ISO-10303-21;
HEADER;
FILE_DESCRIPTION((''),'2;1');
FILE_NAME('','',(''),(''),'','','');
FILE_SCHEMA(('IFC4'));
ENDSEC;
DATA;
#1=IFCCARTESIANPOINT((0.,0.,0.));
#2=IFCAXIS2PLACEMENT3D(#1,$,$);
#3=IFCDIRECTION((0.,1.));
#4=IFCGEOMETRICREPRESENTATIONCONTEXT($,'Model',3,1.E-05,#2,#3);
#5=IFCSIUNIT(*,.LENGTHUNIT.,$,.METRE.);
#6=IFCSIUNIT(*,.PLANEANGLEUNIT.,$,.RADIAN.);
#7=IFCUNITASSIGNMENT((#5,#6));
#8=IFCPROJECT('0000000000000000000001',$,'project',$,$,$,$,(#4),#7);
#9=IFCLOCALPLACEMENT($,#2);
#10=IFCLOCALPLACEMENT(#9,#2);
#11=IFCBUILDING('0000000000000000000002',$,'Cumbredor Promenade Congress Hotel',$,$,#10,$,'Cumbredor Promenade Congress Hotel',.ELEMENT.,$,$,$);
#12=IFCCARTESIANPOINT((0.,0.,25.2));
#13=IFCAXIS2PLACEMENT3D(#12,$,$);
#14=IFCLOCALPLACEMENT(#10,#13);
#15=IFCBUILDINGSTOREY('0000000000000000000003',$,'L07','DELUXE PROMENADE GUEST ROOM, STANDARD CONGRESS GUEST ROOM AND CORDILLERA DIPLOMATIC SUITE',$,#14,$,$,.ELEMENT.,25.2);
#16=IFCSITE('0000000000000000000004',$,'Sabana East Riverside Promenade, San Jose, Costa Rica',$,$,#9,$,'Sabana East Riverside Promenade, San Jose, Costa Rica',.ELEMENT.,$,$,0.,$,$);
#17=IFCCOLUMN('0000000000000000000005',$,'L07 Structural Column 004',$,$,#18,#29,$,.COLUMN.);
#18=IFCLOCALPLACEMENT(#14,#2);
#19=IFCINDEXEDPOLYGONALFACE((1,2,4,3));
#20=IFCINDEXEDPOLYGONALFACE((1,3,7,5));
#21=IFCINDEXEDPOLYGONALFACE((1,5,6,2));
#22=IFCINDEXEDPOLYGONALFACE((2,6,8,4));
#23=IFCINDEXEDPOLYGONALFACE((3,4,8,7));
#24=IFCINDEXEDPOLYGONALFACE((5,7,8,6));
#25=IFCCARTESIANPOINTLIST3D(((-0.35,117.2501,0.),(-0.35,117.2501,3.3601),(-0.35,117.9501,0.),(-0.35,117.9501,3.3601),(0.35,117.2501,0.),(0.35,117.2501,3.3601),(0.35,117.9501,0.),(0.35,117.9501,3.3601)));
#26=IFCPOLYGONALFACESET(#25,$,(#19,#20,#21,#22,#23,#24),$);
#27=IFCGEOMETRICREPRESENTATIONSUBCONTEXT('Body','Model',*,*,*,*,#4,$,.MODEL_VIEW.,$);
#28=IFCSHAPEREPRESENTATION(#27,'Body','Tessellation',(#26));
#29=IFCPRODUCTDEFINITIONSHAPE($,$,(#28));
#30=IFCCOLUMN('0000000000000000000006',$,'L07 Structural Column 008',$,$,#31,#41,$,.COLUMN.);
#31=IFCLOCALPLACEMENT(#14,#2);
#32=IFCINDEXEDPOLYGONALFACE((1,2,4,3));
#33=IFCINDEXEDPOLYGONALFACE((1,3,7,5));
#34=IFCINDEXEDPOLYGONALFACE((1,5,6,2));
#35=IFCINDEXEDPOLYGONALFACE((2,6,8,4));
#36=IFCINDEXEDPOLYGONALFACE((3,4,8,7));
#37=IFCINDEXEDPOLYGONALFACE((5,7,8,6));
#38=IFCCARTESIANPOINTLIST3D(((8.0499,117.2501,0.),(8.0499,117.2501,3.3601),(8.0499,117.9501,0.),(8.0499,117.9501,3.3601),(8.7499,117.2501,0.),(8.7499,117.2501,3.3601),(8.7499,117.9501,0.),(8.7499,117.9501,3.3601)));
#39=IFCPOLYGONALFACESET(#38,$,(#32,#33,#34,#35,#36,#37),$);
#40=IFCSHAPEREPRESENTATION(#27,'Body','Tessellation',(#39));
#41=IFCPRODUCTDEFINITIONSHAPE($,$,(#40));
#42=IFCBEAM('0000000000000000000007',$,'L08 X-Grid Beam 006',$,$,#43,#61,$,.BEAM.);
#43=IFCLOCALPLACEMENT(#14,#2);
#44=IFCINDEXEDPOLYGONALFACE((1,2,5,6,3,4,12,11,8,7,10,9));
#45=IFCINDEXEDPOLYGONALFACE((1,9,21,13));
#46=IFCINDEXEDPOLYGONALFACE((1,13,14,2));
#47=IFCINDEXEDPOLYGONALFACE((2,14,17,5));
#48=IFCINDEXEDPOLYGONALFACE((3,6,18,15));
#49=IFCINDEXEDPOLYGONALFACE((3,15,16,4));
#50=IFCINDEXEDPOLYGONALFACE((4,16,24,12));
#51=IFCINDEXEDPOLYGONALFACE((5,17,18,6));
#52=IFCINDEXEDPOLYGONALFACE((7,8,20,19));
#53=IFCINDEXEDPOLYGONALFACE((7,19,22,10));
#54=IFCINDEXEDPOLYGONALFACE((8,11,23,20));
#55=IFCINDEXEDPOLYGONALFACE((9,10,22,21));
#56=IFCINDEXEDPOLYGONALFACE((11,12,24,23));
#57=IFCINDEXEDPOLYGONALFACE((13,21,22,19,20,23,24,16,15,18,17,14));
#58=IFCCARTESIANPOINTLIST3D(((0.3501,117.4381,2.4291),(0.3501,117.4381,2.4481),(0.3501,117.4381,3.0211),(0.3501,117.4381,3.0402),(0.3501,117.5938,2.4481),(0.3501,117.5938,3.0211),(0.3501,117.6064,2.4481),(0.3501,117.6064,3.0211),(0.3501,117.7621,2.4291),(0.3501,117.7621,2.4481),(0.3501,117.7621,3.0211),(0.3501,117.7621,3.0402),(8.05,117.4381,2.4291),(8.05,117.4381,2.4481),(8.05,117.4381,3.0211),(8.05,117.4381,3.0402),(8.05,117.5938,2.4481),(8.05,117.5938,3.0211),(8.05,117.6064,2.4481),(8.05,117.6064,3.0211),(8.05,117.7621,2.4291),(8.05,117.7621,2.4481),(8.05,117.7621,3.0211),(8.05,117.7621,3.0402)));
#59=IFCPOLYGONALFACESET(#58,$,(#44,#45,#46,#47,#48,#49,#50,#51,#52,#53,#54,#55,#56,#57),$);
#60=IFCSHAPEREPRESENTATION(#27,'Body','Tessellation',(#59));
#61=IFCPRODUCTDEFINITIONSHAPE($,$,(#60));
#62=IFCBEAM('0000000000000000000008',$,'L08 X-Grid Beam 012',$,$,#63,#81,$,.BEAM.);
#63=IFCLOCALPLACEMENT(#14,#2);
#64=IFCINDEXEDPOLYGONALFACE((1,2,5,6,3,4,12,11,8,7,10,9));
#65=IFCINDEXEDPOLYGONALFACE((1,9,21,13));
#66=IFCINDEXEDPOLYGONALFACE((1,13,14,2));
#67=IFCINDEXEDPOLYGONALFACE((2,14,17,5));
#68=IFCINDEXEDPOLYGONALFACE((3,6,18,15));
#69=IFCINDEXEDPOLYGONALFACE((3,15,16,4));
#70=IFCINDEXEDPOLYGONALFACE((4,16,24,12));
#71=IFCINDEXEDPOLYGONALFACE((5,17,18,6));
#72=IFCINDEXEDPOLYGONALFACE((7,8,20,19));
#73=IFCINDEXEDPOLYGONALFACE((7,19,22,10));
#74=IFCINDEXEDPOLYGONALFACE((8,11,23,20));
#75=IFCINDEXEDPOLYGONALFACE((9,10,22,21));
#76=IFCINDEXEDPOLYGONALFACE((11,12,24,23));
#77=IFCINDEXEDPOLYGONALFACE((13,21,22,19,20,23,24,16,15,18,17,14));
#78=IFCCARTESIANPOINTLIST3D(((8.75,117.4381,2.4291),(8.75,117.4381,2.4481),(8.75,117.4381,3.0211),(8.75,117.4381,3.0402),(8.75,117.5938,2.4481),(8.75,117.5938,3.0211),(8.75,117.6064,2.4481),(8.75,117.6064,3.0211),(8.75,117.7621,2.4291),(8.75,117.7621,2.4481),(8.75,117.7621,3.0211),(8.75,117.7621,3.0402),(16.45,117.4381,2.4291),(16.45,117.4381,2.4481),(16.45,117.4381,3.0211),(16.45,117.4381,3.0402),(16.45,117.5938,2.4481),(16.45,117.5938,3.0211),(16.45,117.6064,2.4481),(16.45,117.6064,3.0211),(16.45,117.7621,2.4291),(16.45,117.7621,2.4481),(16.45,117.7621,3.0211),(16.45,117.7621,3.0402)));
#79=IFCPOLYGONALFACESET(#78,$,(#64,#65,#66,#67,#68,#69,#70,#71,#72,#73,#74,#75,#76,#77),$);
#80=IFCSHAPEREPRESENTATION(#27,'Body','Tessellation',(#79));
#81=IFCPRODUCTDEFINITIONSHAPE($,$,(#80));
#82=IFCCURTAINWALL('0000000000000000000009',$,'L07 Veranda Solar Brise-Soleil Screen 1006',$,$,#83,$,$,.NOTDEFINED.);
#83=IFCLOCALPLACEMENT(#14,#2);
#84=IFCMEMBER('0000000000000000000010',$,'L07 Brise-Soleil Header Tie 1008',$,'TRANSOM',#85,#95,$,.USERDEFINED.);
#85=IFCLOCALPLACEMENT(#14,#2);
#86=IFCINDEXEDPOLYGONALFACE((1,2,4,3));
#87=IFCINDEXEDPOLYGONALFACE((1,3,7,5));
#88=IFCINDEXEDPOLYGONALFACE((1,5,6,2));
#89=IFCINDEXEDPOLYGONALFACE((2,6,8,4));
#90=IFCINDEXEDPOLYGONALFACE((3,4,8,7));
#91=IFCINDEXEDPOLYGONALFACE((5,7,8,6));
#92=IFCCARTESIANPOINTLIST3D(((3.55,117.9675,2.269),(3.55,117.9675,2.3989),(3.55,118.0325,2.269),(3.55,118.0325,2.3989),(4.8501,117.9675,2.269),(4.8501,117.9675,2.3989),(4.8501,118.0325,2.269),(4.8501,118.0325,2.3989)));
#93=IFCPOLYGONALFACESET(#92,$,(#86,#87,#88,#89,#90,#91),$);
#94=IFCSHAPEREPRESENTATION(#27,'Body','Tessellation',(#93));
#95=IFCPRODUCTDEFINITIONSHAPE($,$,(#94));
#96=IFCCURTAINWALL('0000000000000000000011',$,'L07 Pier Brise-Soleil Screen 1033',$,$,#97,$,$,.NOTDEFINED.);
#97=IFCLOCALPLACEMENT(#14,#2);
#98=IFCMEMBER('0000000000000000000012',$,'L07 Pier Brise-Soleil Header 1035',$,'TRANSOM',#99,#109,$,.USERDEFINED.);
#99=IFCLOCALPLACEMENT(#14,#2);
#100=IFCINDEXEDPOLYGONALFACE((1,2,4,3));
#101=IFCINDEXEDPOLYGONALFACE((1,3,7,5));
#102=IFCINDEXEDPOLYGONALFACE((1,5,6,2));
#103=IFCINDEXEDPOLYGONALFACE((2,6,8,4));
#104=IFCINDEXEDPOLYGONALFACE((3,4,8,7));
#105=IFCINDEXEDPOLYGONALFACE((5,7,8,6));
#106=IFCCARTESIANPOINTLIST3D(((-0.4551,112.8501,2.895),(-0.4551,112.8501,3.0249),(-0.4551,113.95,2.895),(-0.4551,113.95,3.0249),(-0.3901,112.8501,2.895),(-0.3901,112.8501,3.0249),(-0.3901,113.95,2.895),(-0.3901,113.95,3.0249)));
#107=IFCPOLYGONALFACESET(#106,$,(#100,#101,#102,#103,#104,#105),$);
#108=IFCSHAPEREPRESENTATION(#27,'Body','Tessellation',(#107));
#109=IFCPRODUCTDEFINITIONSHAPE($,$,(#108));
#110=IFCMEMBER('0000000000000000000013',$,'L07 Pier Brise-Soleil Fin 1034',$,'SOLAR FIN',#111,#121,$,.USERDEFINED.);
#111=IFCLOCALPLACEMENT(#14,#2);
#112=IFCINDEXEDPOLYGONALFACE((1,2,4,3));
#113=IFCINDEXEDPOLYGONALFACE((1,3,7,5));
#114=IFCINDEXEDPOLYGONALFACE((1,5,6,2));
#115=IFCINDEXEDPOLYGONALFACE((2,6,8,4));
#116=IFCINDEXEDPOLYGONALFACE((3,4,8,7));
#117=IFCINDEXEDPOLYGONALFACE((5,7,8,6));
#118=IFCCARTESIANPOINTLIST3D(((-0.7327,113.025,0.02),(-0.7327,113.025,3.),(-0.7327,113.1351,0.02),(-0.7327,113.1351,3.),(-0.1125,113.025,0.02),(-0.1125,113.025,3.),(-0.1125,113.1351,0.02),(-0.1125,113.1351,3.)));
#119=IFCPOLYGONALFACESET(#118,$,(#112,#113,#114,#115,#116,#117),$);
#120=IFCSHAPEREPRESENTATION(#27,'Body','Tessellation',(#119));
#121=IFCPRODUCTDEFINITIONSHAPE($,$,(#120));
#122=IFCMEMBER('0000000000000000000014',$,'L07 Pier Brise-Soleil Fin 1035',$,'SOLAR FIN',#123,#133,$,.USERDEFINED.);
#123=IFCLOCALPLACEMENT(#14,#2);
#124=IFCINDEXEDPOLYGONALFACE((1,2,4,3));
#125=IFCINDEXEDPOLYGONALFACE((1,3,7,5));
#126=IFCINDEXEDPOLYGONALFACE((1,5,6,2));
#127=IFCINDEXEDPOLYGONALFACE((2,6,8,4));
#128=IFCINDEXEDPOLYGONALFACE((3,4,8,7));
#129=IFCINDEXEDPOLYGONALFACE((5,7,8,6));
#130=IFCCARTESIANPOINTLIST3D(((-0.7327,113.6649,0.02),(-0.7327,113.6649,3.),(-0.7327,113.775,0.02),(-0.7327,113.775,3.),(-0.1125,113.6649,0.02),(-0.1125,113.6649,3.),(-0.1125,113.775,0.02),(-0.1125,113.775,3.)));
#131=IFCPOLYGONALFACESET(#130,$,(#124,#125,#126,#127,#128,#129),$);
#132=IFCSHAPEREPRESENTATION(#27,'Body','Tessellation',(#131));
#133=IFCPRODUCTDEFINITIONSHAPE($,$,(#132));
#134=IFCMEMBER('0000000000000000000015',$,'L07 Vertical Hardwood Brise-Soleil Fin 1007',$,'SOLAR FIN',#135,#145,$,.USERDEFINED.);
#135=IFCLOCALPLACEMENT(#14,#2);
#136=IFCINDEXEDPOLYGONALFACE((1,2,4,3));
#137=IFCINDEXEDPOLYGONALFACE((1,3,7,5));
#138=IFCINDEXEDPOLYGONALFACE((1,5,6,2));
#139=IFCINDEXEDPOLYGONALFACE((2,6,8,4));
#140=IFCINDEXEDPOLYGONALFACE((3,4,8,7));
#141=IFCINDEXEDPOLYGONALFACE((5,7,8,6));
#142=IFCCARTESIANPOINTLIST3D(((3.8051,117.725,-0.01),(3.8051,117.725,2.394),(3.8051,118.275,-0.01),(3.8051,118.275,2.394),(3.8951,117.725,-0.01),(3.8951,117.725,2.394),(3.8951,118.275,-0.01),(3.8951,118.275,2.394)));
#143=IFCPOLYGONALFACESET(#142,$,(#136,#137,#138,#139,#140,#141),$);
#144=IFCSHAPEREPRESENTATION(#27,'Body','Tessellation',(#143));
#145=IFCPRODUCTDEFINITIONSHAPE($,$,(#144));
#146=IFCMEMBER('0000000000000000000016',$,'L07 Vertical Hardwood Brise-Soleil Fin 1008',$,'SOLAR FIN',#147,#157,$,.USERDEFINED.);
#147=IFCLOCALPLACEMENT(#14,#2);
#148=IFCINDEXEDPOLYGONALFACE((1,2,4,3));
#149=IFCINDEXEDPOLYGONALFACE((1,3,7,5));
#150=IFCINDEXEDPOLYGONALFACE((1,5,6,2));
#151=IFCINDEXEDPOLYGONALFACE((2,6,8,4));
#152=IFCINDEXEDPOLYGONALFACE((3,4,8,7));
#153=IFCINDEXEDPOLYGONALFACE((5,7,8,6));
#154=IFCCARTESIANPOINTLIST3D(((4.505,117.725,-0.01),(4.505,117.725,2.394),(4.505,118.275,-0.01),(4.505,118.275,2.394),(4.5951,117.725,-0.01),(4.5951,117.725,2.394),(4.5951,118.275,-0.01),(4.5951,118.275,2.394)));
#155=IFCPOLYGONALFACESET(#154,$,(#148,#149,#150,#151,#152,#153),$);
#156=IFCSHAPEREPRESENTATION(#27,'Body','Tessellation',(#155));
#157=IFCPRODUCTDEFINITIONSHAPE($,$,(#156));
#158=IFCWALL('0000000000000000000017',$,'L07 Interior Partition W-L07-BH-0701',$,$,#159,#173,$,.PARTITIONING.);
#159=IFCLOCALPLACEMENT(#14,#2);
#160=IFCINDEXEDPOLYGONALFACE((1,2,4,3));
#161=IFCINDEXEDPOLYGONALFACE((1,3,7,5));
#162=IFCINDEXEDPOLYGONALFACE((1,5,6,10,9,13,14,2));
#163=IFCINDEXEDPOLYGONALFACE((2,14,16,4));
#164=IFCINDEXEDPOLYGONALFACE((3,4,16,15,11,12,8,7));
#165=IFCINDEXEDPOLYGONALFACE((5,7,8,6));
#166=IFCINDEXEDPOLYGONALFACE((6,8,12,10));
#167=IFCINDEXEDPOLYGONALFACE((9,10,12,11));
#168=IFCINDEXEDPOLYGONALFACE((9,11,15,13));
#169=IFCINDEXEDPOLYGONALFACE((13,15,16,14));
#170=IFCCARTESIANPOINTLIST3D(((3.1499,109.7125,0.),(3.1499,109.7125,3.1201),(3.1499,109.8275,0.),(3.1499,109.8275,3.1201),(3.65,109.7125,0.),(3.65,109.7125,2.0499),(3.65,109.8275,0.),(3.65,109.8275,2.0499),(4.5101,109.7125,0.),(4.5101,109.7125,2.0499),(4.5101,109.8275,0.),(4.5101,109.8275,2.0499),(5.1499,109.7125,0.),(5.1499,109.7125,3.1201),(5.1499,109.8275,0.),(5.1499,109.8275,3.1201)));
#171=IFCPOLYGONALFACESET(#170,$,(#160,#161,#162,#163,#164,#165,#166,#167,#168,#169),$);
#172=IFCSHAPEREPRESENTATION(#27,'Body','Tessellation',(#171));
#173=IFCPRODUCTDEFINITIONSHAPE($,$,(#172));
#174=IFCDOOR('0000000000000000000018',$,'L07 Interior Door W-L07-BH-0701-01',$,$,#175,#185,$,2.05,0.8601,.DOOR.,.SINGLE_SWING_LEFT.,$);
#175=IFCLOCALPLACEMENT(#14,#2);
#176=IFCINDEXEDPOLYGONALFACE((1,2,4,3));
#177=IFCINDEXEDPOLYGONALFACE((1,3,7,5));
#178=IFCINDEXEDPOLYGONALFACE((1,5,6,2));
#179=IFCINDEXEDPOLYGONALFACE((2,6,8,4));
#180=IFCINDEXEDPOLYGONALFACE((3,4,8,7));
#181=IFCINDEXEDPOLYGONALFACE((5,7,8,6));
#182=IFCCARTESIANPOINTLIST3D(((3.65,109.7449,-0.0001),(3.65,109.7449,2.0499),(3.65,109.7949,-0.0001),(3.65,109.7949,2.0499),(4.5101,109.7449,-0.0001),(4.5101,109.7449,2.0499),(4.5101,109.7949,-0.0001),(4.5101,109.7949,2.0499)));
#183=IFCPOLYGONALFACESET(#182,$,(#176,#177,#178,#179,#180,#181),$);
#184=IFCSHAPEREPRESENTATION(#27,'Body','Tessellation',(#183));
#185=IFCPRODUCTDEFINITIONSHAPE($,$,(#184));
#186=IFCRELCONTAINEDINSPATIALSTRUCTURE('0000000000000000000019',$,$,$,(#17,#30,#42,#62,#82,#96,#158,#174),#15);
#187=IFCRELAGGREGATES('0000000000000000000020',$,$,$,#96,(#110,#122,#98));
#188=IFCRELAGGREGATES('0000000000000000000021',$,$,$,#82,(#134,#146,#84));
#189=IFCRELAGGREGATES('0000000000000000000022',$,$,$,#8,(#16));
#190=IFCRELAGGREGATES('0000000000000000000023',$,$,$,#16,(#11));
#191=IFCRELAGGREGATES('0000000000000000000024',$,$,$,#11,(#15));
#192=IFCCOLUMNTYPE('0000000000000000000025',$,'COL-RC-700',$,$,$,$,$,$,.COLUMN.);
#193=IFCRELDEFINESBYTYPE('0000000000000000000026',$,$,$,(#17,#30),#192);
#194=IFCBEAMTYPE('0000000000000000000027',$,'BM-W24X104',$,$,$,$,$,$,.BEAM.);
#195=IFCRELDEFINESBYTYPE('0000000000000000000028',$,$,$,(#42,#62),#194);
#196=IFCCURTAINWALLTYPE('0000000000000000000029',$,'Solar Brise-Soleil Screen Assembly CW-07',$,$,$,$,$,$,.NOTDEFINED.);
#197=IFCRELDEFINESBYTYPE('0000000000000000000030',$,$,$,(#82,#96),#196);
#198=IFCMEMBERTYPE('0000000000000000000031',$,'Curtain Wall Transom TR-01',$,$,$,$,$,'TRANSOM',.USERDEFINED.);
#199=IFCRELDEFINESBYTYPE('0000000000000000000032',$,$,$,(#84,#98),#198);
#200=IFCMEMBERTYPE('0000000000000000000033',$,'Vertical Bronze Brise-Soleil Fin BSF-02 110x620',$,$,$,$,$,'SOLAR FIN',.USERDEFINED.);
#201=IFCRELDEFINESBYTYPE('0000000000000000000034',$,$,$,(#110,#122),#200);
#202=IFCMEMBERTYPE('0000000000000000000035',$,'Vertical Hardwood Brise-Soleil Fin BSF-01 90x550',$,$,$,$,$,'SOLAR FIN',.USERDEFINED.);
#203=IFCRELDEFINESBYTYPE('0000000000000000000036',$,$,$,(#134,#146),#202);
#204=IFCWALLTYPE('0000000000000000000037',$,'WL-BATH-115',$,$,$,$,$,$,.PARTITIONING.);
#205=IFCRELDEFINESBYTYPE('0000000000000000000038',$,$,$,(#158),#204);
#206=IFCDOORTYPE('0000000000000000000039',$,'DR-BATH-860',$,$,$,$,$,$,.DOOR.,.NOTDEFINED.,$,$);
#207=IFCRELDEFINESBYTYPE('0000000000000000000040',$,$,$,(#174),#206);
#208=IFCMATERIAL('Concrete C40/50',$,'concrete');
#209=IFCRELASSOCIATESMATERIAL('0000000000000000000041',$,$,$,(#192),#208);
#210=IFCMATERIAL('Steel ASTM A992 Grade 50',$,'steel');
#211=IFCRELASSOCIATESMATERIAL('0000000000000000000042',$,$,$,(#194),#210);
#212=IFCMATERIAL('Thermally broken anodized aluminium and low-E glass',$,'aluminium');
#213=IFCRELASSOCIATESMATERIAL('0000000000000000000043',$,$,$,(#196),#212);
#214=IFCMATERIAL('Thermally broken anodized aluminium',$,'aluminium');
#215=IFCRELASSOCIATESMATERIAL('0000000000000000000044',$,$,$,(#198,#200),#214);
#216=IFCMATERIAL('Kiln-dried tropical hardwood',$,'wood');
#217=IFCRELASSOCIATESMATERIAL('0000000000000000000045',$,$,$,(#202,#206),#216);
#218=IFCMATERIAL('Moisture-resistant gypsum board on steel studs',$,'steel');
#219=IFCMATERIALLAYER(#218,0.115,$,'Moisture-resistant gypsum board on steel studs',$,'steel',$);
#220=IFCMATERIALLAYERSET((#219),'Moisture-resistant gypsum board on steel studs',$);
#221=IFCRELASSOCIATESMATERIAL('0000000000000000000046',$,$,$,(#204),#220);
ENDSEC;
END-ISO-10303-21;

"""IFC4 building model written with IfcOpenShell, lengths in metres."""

from ifc_helpers import new_model, si_unit, direction, frame, frame_2d, origin, origin_2d, place, context, subcontext, project, spatial, rectangle, i_section, extrude, material, layer, layer_set, material_profile, profile_set, type_object, element, fill, aggregate, save


model = new_model("IFC4")

# Units and contexts
model_context = context("Model", 3, precision=1e-05, world=origin(), true_north=direction((0.0, 1.0)))
body_context = subcontext(model_context, "Body", "Model", "MODEL_VIEW")
ifc_project = project(units=[si_unit("LENGTHUNIT", "METRE"), si_unit("PLANEANGLEUNIT", "RADIAN")], contexts=[model_context])

# Site, building, storey
site_placement = place(None, origin())
site = spatial("IfcSite", under=ifc_project, at=site_placement, Name="Sabana East Riverside Promenade, San Jose, Costa Rica", LongName="Sabana East Riverside Promenade, San Jose, Costa Rica", CompositionType="ELEMENT", RefElevation=0.0)
building_placement = place(site_placement, origin())
building = spatial("IfcBuilding", under=site, at=building_placement, Name="Cumbredor Promenade Congress Hotel", LongName="Cumbredor Promenade Congress Hotel", CompositionType="ELEMENT")
storey_placement = place(building_placement, frame((0.0, 0.0, 25.2)))
storey = spatial("IfcBuildingStorey", under=building, at=storey_placement, Name="L07", Description="DELUXE PROMENADE GUEST ROOM, STANDARD CONGRESS GUEST ROOM AND CORDILLERA DIPLOMATIC SUITE", CompositionType="ELEMENT", Elevation=25.2)

# Columns
ifc_material_1 = material(Name="Concrete C40/50", Category="concrete")
ifc_material_profile_1 = material_profile(ifc_material_1, rectangle(XDim=0.7, YDim=0.7, at=origin_2d()), Name="RC 700x700")
ifc_profile_set_1 = profile_set([ifc_material_profile_1], Name="Concrete C40/50")
column_type = type_object("IfcColumnType", Name="COL-RC-700", PredefinedType="COLUMN", material=ifc_profile_set_1)
for number, where, z_axis, x_axis, name in (
    (1, (0.0, 117.6001, 0.0), (0.0, 0.0, 1.0), (1.0, 0.0, 0.0), "L07 Structural Column 004"),
    (2, (8.3999, 117.6001, 0.0), (0.0, 0.0, 1.0), (1.0, 0.0, 0.0), "L07 Structural Column 008"),
):
    element("IfcColumn", number, at=place(storey_placement, frame(where, z_axis=z_axis, x_axis=x_axis)), inside=storey, type_object=column_type, Name=name, PredefinedType="COLUMN", context=body_context, shape_type="SweptSolid", body=[
        extrude(rectangle(XDim=0.7, YDim=0.7, at=origin_2d()), origin(), (0.0, 0.0, 1.0), 3.3601),
    ])

# Beams
ifc_material_2 = material(Name="Steel ASTM A992 Grade 50", Category="steel")
ifc_material_profile_2 = material_profile(ifc_material_2, i_section(OverallWidth=0.324, OverallDepth=0.6111, WebThickness=0.0127, FlangeThickness=0.019, at=origin_2d()), Name="W24X104")
ifc_profile_set_2 = profile_set([ifc_material_profile_2], Name="Steel ASTM A992 Grade 50")
beam_type = type_object("IfcBeamType", Name="BM-W24X104", PredefinedType="BEAM", material=ifc_profile_set_2)
for number, where, z_axis, x_axis, name in (
    (3, (0.3501, 117.6001, 2.7346), (1.0, 0.0, 0.0), (0.0, 1.0, 0.0), "L08 X-Grid Beam 006"),
    (4, (8.75, 117.6001, 2.7346), (1.0, 0.0, 0.0), (0.0, 1.0, 0.0), "L08 X-Grid Beam 012"),
):
    element("IfcBeam", number, at=place(storey_placement, frame(where, z_axis=z_axis, x_axis=x_axis)), inside=storey, type_object=beam_type, Name=name, PredefinedType="BEAM", context=body_context, shape_type="SweptSolid", body=[
        extrude(i_section(OverallWidth=0.324, OverallDepth=0.6111, WebThickness=0.0127, FlangeThickness=0.019, at=origin_2d()), origin(), (0.0, 0.0, 1.0), 7.7),
    ])

# Curtain wall, member
ifc_material_3 = material(Name="Thermally broken anodized aluminium and low-E glass", Category="aluminium")
curtain_wall_type = type_object("IfcCurtainWallType", Name="Solar Brise-Soleil Screen Assembly CW-07", PredefinedType="NOTDEFINED", material=ifc_material_3)
curtain_wall_1_placement = place(storey_placement, origin())
curtain_wall_1 = element("IfcCurtainWall", 5, at=curtain_wall_1_placement, inside=storey, type_object=curtain_wall_type, Name="L07 Veranda Solar Brise-Soleil Screen 1006", PredefinedType="NOTDEFINED")
ifc_material_4 = material(Name="Thermally broken anodized aluminium", Category="aluminium")
ifc_material_profile_3 = material_profile(ifc_material_4, rectangle(XDim=0.0649, YDim=0.1299, at=origin_2d()), Name="ALU TRANSOM 65x130")
ifc_profile_set_3 = profile_set([ifc_material_profile_3], Name="Thermally broken anodized aluminium")
member_type_1 = type_object("IfcMemberType", Name="Curtain Wall Transom TR-01", ElementType="TRANSOM", PredefinedType="USERDEFINED", material=ifc_profile_set_3)
member_1_placement = place(storey_placement, frame((3.55, 118.0, 2.334), z_axis=(1.0, 0.0, 0.0), x_axis=(0.0, 1.0, 0.0)))
member_1 = element("IfcMember", 6, at=member_1_placement, type_object=member_type_1, Name="L07 Brise-Soleil Header Tie 1008", ObjectType="TRANSOM", PredefinedType="USERDEFINED", context=body_context, shape_type="SweptSolid", body=[
    extrude(rectangle(XDim=0.0649, YDim=0.1299, at=origin_2d()), origin(), (0.0, 0.0, 1.0), 1.3),
])

# Curtain wall, members
curtain_wall_2_placement = place(storey_placement, origin())
curtain_wall_2 = element("IfcCurtainWall", 7, at=curtain_wall_2_placement, inside=storey, type_object=curtain_wall_type, Name="L07 Pier Brise-Soleil Screen 1033", PredefinedType="NOTDEFINED")
member_2_placement = place(storey_placement, frame((-0.4226, 112.8501, 2.96), z_axis=(0.0, 1.0, 0.0), x_axis=(-1.0, 0.0, 0.0)))
member_2 = element("IfcMember", 8, at=member_2_placement, type_object=member_type_1, Name="L07 Pier Brise-Soleil Header 1035", ObjectType="TRANSOM", PredefinedType="USERDEFINED", context=body_context, shape_type="SweptSolid", body=[
    extrude(rectangle(XDim=0.0649, YDim=0.1299, at=origin_2d()), origin(), (0.0, 0.0, 1.0), 1.0999),
])
ifc_material_profile_4 = material_profile(ifc_material_4, rectangle(XDim=0.1101, YDim=0.6201, at=origin_2d()), Name="ARCH FIN 110x620")
ifc_profile_set_4 = profile_set([ifc_material_profile_4], Name="Thermally broken anodized aluminium")
member_type_2 = type_object("IfcMemberType", Name="Vertical Bronze Brise-Soleil Fin BSF-02 110x620", ElementType="SOLAR FIN", PredefinedType="USERDEFINED", material=ifc_profile_set_4)
member_3_placement = place(storey_placement, frame((-0.4226, 113.0801, 0.02), z_axis=(0.0, 0.0, 1.0), x_axis=(0.0, 1.0, 0.0)))
member_3 = element("IfcMember", 9, at=member_3_placement, type_object=member_type_2, Name="L07 Pier Brise-Soleil Fin 1034", ObjectType="SOLAR FIN", PredefinedType="USERDEFINED", context=body_context, shape_type="SweptSolid", body=[
    extrude(rectangle(XDim=0.1101, YDim=0.6201, at=origin_2d()), origin(), (0.0, 0.0, 1.0), 2.98),
])
member_4_placement = place(storey_placement, frame((-0.4226, 113.72, 0.02), z_axis=(0.0, 0.0, 1.0), x_axis=(0.0, 1.0, 0.0)))
member_4 = element("IfcMember", 10, at=member_4_placement, type_object=member_type_2, Name="L07 Pier Brise-Soleil Fin 1035", ObjectType="SOLAR FIN", PredefinedType="USERDEFINED", context=body_context, shape_type="SweptSolid", body=[
    extrude(rectangle(XDim=0.1101, YDim=0.6201, at=origin_2d()), origin(), (0.0, 0.0, 1.0), 2.98),
])
aggregate(curtain_wall_2, [member_3, member_4, member_2])

# Members
ifc_material_5 = material(Name="Kiln-dried tropical hardwood", Category="wood")
ifc_material_profile_5 = material_profile(ifc_material_5, rectangle(XDim=0.0901, YDim=0.55, at=origin_2d()), Name="ARCH FIN 90x550")
ifc_profile_set_5 = profile_set([ifc_material_profile_5], Name="Kiln-dried tropical hardwood")
member_type_3 = type_object("IfcMemberType", Name="Vertical Hardwood Brise-Soleil Fin BSF-01 90x550", ElementType="SOLAR FIN", PredefinedType="USERDEFINED", material=ifc_profile_set_5)
member_5_placement = place(storey_placement, frame((3.8501, 118.0, -0.01), z_axis=(0.0, 0.0, 1.0), x_axis=(1.0, 0.0, 0.0)))
member_5 = element("IfcMember", 11, at=member_5_placement, type_object=member_type_3, Name="L07 Vertical Hardwood Brise-Soleil Fin 1007", ObjectType="SOLAR FIN", PredefinedType="USERDEFINED", context=body_context, shape_type="SweptSolid", body=[
    extrude(rectangle(XDim=0.0901, YDim=0.55, at=origin_2d()), origin(), (0.0, 0.0, 1.0), 2.4041),
])
member_6_placement = place(storey_placement, frame((4.55, 118.0, -0.01), z_axis=(0.0, 0.0, 1.0), x_axis=(1.0, 0.0, 0.0)))
member_6 = element("IfcMember", 12, at=member_6_placement, type_object=member_type_3, Name="L07 Vertical Hardwood Brise-Soleil Fin 1008", ObjectType="SOLAR FIN", PredefinedType="USERDEFINED", context=body_context, shape_type="SweptSolid", body=[
    extrude(rectangle(XDim=0.0901, YDim=0.55, at=origin_2d()), origin(), (0.0, 0.0, 1.0), 2.4041),
])
aggregate(curtain_wall_1, [member_5, member_6, member_1])

# Wall, opening, door
ifc_material_6 = material(Name="Moisture-resistant gypsum board on steel studs", Category="steel")
ifc_layer_1 = layer(ifc_material_6, 0.115, Name="Moisture-resistant gypsum board on steel studs", Category="steel")
ifc_layer_set_1 = layer_set([ifc_layer_1], Name="Moisture-resistant gypsum board on steel studs")
wall_type_1 = type_object("IfcWallType", Name="WL-BATH-115", PredefinedType="PARTITIONING", material=ifc_layer_set_1)
wall_1_placement = place(storey_placement, frame((3.1499, 109.77, 0.0), z_axis=(0.0, 0.0, 1.0), x_axis=(1.0, 0.0, 0.0)))
wall_1 = element("IfcWall", 13, at=wall_1_placement, inside=storey, type_object=wall_type_1, Name="L07 Interior Partition W-L07-BH-0701", PredefinedType="PARTITIONING", context=body_context, shape_type="SweptSolid", body=[
    extrude(rectangle(XDim=2.0, YDim=0.115, at=frame_2d((1.0, 0.0))), origin(), (0.0, 0.0, 1.0), 3.1201),
])
opening_1_placement = place(wall_1_placement, frame((0.5, 0.0, 0.0)))
opening_1 = element("IfcOpeningElement", 14, at=opening_1_placement, cuts=wall_1, PredefinedType="OPENING", context=body_context, shape_type="SweptSolid", body=[
    extrude(rectangle(XDim=0.8601, YDim=2.05, at=frame_2d((0.4302, 1.0249))), frame((0.0, 0.0674, 0.0), z_axis=(0.0, -1.0, 0.0), x_axis=(1.0, 0.0, 0.0)), (0.0, 0.0, 1.0), 0.135),
])
door_type_1 = type_object("IfcDoorType", Name="DR-BATH-860", OperationType="NOTDEFINED", PredefinedType="DOOR", material=ifc_material_5)
door_1_placement = place(opening_1_placement, origin())
door_1 = element("IfcDoor", 15, at=door_1_placement, inside=storey, type_object=door_type_1, Name="L07 Interior Door W-L07-BH-0701-01", OperationType="SINGLE_SWING_LEFT", OverallHeight=2.05, OverallWidth=0.8601, PredefinedType="DOOR", context=body_context, shape_type="SweptSolid", body=[
    extrude(rectangle(XDim=0.8601, YDim=2.05, at=frame_2d((0.4302, 1.0249))), frame((0.0, 0.0249, 0.0), z_axis=(0.0, -1.0, 0.0), x_axis=(1.0, 0.0, 0.0)), (0.0, 0.0, 1.0), 0.05),
])
fill(opening_1, door_1)

save(model, "model.ifc")
